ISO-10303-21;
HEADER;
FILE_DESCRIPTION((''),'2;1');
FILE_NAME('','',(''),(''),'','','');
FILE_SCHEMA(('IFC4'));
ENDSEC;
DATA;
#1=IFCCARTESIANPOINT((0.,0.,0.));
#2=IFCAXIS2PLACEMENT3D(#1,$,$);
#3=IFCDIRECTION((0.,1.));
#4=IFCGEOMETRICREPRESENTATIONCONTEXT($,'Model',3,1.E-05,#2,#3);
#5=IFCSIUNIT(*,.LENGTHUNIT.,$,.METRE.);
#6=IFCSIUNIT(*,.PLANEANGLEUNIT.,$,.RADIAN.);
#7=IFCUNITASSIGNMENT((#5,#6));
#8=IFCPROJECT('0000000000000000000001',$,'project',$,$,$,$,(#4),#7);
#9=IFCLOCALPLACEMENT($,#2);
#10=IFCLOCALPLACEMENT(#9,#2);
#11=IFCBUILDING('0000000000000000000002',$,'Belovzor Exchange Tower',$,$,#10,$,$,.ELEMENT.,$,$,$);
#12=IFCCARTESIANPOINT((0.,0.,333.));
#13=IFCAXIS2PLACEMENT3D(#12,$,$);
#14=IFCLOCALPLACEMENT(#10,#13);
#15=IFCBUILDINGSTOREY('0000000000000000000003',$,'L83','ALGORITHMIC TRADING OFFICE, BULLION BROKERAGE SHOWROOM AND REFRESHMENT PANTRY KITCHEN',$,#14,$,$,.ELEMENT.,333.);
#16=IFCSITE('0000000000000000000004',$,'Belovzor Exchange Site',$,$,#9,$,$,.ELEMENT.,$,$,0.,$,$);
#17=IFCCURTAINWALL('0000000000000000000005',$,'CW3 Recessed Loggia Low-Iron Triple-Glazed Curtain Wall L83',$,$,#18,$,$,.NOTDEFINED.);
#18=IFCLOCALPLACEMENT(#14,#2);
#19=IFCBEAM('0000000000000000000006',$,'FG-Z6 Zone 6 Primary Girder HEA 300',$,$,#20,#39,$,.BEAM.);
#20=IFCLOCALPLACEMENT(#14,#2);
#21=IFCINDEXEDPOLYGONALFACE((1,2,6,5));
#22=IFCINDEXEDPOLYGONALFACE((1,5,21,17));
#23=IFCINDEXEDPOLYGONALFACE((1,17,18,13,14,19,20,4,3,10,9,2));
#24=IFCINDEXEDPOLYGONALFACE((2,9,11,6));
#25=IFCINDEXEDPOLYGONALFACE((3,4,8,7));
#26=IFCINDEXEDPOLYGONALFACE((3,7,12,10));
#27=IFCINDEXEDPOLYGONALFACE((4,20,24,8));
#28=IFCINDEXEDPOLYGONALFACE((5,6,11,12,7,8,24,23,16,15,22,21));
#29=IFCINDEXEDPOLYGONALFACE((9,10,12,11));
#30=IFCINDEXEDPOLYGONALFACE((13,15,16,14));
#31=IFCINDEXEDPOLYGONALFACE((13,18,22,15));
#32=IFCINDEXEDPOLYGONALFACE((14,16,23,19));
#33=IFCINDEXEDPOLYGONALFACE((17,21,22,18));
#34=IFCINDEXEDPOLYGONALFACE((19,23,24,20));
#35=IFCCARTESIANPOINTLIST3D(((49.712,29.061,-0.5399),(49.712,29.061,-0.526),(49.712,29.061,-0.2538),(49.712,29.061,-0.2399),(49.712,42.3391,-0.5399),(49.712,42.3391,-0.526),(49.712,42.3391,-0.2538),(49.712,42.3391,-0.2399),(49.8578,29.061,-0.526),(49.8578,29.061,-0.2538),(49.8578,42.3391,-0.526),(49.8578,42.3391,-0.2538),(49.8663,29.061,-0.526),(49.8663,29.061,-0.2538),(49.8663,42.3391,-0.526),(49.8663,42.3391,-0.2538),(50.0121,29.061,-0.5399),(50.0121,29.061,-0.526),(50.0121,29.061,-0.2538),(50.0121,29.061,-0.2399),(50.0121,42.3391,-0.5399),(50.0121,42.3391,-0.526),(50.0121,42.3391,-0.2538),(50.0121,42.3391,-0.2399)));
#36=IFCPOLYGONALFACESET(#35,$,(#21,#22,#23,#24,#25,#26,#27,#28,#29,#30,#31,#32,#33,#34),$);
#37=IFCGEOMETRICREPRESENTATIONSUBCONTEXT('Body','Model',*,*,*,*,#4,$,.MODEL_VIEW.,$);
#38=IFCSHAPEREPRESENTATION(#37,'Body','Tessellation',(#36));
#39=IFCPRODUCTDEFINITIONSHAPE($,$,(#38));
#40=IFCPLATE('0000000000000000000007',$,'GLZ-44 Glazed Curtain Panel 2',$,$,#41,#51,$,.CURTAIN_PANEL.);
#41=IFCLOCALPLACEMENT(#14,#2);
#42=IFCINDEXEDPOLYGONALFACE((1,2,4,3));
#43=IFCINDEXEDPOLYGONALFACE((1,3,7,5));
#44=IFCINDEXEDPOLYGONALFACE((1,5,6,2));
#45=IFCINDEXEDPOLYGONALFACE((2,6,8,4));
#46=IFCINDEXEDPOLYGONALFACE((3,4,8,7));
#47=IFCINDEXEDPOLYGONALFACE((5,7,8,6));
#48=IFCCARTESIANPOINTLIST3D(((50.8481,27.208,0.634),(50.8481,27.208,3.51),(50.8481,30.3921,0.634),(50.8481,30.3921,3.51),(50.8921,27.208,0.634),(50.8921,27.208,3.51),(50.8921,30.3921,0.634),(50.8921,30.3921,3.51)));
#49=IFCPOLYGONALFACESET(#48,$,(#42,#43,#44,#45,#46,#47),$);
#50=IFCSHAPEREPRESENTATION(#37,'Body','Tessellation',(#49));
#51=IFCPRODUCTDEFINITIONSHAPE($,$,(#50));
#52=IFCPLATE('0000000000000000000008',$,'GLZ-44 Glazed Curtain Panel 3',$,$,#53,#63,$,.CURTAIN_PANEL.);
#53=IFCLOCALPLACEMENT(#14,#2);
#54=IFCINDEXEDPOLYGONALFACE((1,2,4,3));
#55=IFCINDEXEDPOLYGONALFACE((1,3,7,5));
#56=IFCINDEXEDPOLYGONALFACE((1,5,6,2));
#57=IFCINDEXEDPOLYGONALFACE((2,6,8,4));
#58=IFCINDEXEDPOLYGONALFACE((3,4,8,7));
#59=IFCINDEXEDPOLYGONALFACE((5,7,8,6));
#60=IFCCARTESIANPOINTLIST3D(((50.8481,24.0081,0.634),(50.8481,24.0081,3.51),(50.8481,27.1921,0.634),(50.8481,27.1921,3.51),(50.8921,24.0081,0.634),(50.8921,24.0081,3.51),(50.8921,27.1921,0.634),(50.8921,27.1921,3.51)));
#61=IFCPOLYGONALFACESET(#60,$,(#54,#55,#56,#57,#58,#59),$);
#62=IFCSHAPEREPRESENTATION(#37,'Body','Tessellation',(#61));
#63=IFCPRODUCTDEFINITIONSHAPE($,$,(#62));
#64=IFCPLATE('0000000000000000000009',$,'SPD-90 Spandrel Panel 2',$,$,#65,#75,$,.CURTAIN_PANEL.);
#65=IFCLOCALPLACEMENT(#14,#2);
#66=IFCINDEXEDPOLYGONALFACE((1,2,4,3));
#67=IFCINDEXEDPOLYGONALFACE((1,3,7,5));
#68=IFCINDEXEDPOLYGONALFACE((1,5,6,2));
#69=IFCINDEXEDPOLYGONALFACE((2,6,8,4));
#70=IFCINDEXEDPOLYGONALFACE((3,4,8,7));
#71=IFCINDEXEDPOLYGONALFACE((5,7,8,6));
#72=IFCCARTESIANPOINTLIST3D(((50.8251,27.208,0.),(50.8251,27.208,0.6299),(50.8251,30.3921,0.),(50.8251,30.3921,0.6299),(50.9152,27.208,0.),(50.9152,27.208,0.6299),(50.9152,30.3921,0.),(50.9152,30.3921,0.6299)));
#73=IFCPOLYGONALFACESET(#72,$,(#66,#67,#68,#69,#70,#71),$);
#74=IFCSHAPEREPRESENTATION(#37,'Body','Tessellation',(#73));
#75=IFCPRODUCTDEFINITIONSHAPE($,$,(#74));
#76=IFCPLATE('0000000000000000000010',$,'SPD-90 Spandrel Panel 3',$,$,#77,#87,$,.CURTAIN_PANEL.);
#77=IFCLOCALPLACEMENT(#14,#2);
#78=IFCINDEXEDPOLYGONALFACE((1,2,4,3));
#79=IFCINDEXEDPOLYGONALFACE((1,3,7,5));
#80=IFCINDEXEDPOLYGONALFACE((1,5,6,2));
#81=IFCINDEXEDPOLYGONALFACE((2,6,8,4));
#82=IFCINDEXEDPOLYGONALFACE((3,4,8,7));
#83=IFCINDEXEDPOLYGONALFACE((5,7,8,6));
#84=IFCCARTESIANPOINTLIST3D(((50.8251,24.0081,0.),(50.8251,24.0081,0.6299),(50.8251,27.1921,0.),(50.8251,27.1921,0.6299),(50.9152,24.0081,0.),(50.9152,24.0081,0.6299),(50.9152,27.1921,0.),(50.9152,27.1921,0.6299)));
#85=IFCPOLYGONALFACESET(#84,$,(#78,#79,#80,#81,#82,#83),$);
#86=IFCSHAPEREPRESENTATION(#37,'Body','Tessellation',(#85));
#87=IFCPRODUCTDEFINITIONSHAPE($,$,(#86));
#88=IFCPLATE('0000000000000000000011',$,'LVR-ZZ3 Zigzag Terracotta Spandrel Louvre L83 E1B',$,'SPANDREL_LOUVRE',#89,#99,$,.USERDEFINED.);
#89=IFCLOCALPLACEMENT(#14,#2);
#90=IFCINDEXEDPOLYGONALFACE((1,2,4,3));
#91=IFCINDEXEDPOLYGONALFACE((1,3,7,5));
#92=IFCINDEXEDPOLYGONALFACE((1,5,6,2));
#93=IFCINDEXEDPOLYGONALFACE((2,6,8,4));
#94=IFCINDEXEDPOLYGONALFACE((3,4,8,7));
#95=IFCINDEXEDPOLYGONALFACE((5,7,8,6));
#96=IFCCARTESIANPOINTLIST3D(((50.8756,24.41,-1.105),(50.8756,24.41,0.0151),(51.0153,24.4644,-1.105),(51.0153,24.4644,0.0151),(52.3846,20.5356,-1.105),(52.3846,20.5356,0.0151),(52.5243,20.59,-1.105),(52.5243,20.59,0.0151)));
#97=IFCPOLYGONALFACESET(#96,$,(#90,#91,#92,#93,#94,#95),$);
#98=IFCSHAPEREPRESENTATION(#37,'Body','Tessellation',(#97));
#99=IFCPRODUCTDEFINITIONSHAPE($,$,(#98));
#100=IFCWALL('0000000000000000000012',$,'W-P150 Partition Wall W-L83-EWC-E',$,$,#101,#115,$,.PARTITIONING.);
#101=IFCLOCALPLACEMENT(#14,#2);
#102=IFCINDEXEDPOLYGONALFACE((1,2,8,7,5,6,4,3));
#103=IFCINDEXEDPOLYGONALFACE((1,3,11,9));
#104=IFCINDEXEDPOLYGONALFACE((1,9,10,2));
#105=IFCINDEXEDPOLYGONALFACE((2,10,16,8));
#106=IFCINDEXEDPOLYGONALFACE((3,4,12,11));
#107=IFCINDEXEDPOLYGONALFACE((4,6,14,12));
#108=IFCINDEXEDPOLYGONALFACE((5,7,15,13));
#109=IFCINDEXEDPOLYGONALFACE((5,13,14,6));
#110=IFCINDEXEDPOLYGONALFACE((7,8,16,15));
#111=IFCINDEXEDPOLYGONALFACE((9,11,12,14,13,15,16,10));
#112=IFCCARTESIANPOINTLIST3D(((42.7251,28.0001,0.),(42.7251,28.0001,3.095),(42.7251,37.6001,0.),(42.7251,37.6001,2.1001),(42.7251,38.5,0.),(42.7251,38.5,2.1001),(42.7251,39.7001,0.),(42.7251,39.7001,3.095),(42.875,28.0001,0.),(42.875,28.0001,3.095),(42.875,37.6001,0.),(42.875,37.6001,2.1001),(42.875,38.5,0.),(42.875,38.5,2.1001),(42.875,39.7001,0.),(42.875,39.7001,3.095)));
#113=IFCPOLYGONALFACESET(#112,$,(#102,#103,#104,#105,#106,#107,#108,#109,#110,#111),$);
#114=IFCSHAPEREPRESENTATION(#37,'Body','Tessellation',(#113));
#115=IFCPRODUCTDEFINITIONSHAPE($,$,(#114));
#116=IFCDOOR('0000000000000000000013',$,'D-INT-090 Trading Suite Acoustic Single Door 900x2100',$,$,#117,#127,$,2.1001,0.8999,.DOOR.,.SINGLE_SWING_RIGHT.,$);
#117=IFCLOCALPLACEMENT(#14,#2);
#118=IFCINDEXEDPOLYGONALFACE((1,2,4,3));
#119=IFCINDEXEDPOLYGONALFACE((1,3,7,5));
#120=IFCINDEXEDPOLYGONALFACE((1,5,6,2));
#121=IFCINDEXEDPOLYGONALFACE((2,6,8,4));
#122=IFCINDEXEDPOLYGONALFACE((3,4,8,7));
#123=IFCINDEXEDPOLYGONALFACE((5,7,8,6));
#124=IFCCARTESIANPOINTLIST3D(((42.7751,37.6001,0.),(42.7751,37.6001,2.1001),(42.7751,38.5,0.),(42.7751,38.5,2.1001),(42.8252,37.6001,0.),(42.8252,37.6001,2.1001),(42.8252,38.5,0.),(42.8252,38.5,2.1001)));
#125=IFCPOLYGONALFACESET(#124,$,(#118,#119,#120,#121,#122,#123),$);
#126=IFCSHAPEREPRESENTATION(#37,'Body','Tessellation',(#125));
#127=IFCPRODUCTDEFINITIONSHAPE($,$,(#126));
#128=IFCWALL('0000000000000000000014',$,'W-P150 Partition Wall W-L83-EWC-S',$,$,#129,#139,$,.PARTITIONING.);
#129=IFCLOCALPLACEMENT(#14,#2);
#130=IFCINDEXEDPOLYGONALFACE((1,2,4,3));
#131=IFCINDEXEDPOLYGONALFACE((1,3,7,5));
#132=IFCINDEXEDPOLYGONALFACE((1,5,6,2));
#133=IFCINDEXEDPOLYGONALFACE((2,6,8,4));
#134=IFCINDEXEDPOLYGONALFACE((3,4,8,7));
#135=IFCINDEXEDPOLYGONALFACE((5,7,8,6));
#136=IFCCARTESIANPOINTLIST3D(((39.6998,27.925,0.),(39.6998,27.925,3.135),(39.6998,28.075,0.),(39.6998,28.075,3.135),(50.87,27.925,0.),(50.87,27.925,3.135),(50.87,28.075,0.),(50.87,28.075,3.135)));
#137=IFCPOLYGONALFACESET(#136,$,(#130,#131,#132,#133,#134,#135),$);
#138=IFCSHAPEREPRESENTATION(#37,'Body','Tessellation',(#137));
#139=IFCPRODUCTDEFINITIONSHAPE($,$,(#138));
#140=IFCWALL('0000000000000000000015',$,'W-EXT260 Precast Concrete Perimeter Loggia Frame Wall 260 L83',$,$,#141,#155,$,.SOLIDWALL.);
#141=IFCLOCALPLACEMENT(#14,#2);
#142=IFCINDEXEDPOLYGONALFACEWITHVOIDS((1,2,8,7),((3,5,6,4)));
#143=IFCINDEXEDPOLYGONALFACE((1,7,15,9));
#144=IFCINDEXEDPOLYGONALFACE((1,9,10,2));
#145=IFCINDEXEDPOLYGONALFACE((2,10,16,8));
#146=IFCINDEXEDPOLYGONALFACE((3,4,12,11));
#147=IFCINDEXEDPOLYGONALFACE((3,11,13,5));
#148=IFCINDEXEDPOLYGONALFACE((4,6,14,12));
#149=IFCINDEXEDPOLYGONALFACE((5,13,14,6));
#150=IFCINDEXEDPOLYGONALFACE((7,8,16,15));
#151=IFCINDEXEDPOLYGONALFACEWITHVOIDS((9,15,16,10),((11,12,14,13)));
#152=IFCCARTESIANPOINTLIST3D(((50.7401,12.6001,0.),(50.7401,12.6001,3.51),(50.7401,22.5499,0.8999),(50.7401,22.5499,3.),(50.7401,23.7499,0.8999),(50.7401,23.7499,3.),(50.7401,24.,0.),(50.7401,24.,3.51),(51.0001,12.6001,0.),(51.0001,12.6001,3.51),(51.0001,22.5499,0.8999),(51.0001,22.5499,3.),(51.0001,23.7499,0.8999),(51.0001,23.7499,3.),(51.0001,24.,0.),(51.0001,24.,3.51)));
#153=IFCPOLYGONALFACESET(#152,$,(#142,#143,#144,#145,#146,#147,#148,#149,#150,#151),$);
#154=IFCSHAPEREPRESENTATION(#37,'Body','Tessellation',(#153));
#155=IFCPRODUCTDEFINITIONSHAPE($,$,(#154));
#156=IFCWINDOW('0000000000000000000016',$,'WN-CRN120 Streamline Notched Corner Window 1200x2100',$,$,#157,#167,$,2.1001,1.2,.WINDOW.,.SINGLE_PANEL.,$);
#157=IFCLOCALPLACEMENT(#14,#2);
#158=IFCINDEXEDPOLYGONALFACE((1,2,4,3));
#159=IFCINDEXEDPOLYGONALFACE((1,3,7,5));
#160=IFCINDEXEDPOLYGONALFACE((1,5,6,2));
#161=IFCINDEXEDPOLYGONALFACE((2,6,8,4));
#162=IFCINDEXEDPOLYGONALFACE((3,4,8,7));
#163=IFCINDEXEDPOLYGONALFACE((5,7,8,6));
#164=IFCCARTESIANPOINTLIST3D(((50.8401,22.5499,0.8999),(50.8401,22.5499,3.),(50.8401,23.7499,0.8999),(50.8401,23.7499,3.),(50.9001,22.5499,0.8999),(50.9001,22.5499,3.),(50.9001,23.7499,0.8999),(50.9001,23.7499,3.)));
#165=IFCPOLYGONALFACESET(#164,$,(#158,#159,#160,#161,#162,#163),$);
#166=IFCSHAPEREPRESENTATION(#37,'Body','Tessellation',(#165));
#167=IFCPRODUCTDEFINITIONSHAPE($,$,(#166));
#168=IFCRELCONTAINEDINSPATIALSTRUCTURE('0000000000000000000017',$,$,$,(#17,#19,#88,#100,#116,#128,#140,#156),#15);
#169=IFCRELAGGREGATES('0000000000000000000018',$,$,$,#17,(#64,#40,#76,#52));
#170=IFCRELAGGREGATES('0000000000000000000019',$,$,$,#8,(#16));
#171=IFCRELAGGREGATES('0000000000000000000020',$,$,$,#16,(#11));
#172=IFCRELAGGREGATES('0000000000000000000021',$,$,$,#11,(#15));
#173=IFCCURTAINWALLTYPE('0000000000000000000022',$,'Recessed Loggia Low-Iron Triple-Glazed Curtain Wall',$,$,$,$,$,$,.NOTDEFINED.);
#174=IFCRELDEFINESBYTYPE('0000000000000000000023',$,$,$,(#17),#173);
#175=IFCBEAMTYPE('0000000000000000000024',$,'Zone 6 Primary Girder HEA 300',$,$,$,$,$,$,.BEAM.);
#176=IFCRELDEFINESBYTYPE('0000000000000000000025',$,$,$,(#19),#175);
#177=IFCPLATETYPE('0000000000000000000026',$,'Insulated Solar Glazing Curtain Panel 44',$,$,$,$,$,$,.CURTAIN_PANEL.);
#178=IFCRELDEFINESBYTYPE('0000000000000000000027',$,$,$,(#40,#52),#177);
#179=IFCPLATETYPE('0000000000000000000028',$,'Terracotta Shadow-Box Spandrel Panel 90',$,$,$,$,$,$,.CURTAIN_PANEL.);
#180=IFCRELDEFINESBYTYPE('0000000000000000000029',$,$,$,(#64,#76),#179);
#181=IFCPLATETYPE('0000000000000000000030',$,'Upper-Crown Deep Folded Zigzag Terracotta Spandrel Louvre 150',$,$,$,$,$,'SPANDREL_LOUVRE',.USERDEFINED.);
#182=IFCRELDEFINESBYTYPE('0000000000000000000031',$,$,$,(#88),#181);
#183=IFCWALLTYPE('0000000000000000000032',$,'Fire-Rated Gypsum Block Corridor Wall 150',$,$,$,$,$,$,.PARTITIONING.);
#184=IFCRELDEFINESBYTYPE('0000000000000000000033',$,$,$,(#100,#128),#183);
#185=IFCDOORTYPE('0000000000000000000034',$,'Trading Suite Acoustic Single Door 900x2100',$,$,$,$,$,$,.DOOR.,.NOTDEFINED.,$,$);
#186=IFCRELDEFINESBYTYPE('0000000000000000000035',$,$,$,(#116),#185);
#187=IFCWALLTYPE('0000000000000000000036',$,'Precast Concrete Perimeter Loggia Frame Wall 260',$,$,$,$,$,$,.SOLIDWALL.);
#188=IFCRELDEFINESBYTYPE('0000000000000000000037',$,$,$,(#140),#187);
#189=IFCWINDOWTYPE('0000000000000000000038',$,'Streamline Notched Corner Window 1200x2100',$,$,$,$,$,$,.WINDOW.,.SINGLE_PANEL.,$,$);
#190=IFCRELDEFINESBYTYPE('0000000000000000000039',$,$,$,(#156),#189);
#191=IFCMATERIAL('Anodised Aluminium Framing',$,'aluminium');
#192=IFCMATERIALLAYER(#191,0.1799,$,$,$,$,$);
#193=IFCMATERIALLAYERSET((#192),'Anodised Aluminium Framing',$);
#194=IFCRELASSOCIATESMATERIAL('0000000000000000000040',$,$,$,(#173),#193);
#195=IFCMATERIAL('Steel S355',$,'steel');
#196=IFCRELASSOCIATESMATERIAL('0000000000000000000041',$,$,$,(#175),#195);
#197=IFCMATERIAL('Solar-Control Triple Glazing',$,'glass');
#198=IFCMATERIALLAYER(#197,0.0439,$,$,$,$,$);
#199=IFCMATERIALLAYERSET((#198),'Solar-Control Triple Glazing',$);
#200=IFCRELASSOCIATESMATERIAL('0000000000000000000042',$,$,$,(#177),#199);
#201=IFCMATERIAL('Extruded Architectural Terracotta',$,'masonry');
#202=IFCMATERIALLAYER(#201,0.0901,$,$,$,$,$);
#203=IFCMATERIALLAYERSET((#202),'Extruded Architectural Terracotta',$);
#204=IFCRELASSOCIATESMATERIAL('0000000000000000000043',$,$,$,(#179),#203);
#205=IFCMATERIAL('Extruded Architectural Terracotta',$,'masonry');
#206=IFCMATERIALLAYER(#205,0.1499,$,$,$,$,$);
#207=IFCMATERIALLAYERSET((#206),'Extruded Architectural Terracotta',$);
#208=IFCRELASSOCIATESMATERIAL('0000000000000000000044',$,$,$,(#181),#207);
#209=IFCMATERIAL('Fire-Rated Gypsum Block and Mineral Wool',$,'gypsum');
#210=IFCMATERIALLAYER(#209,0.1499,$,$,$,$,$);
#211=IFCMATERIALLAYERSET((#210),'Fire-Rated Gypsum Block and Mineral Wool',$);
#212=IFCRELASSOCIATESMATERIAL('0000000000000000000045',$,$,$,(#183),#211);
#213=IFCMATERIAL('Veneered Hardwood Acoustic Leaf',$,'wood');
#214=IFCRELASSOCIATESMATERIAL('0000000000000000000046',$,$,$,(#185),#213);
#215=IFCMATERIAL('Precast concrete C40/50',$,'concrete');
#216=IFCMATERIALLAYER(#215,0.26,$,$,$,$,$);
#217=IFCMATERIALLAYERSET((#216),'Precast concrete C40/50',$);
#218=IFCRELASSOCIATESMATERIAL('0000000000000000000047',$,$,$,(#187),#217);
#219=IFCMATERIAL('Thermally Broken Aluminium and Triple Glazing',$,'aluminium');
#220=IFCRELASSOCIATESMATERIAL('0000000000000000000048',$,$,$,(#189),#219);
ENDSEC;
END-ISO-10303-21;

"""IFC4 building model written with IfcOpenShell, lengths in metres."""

from ifc_helpers import new_model, si_unit, direction, frame, frame_2d, origin, origin_2d, place, context, subcontext, project, spatial, rectangle, i_section, extrude, material, layer, layer_set, material_profile, profile_set, type_object, element, fill, aggregate, save


model = new_model("IFC4")

# Units and contexts
model_context = context("Model", 3, precision=1e-05, world=origin(), true_north=direction((0.0, 1.0)))
body_context = subcontext(model_context, "Body", "Model", "MODEL_VIEW")
ifc_project = project(units=[si_unit("LENGTHUNIT", "METRE"), si_unit("PLANEANGLEUNIT", "RADIAN")], contexts=[model_context])

# Site, building, storey
site_placement = place(None, origin())
site = spatial("IfcSite", under=ifc_project, at=site_placement, Name="Belovzor Exchange Site", CompositionType="ELEMENT", RefElevation=0.0)
building_placement = place(site_placement, origin())
building = spatial("IfcBuilding", under=site, at=building_placement, Name="Belovzor Exchange Tower", CompositionType="ELEMENT")
storey_placement = place(building_placement, frame((0.0, 0.0, 333.0)))
storey = spatial("IfcBuildingStorey", under=building, at=storey_placement, Name="L83", Description="ALGORITHMIC TRADING OFFICE, BULLION BROKERAGE SHOWROOM AND REFRESHMENT PANTRY KITCHEN", CompositionType="ELEMENT", Elevation=333.0)

# Curtain wall
ifc_material_1 = material(Name="Anodised Aluminium Framing", Category="aluminium")
ifc_layer_1 = layer(ifc_material_1, 0.1799)
ifc_layer_set_1 = layer_set([ifc_layer_1], Name="Anodised Aluminium Framing")
curtain_wall_type = type_object("IfcCurtainWallType", Name="Recessed Loggia Low-Iron Triple-Glazed Curtain Wall", PredefinedType="NOTDEFINED", material=ifc_layer_set_1)
curtain_wall_placement = place(storey_placement, origin())
curtain_wall = element("IfcCurtainWall", 1, at=curtain_wall_placement, inside=storey, type_object=curtain_wall_type, Name="CW3 Recessed Loggia Low-Iron Triple-Glazed Curtain Wall L83", PredefinedType="NOTDEFINED")

# Beam
ifc_material_2 = material(Name="Steel S355", Category="steel")
ifc_material_profile_1 = material_profile(ifc_material_2, i_section(OverallWidth=0.3, OverallDepth=0.3, WebThickness=0.0085, FlangeThickness=0.0139, at=origin_2d()))
ifc_profile_set_1 = profile_set([ifc_material_profile_1], Name="Steel S355")
beam_type_1 = type_object("IfcBeamType", Name="Zone 6 Primary Girder HEA 300", PredefinedType="BEAM", material=ifc_profile_set_1)
beam_1_placement = place(storey_placement, frame((49.8621, 29.061, -0.3899), z_axis=(0.0, 1.0, 0.0), x_axis=(-1.0, 0.0, 0.0)))
element("IfcBeam", 2, at=beam_1_placement, inside=storey, type_object=beam_type_1, Name="FG-Z6 Zone 6 Primary Girder HEA 300", PredefinedType="BEAM", context=body_context, shape_type="SweptSolid", body=[
    extrude(i_section(OverallWidth=0.3, OverallDepth=0.3, WebThickness=0.0085, FlangeThickness=0.0139, at=origin_2d()), origin(), (0.0, 0.0, 1.0), 13.2781),
])

# Plates
ifc_material_3 = material(Name="Solar-Control Triple Glazing", Category="glass")
ifc_layer_2 = layer(ifc_material_3, 0.0439)
ifc_layer_set_2 = layer_set([ifc_layer_2], Name="Solar-Control Triple Glazing")
plate_type_1 = type_object("IfcPlateType", Name="Insulated Solar Glazing Curtain Panel 44", PredefinedType="CURTAIN_PANEL", material=ifc_layer_set_2)
plate_1_placement = place(storey_placement, frame((50.8701, 28.8, 0.634), z_axis=(0.0, 0.0, 1.0), x_axis=(0.0, -1.0, 0.0)))
plate_1 = element("IfcPlate", 3, at=plate_1_placement, type_object=plate_type_1, Name="GLZ-44 Glazed Curtain Panel 2", PredefinedType="CURTAIN_PANEL", context=body_context, shape_type="SweptSolid", body=[
    extrude(rectangle(XDim=3.1841, YDim=0.0439, at=origin_2d()), origin(), (0.0, 0.0, 1.0), 2.876),
])
plate_2_placement = place(storey_placement, frame((50.8701, 25.6001, 0.634), z_axis=(0.0, 0.0, 1.0), x_axis=(0.0, -1.0, 0.0)))
plate_2 = element("IfcPlate", 4, at=plate_2_placement, type_object=plate_type_1, Name="GLZ-44 Glazed Curtain Panel 3", PredefinedType="CURTAIN_PANEL", context=body_context, shape_type="SweptSolid", body=[
    extrude(rectangle(XDim=3.1841, YDim=0.0439, at=origin_2d()), origin(), (0.0, 0.0, 1.0), 2.876),
])
ifc_material_4 = material(Name="Extruded Architectural Terracotta", Category="masonry")
ifc_layer_3 = layer(ifc_material_4, 0.0901)
ifc_layer_set_3 = layer_set([ifc_layer_3], Name="Extruded Architectural Terracotta")
plate_type_2 = type_object("IfcPlateType", Name="Terracotta Shadow-Box Spandrel Panel 90", PredefinedType="CURTAIN_PANEL", material=ifc_layer_set_3)
plate_3_placement = place(storey_placement, frame((50.8701, 28.8, 0.0), z_axis=(0.0, 0.0, 1.0), x_axis=(0.0, -1.0, 0.0)))
plate_3 = element("IfcPlate", 5, at=plate_3_placement, type_object=plate_type_2, Name="SPD-90 Spandrel Panel 2", PredefinedType="CURTAIN_PANEL", context=body_context, shape_type="SweptSolid", body=[
    extrude(rectangle(XDim=3.1841, YDim=0.0901, at=origin_2d()), origin(), (0.0, 0.0, 1.0), 0.6299),
])
plate_4_placement = place(storey_placement, frame((50.8701, 25.6001, 0.0), z_axis=(0.0, 0.0, 1.0), x_axis=(0.0, -1.0, 0.0)))
plate_4 = element("IfcPlate", 6, at=plate_4_placement, type_object=plate_type_2, Name="SPD-90 Spandrel Panel 3", PredefinedType="CURTAIN_PANEL", context=body_context, shape_type="SweptSolid", body=[
    extrude(rectangle(XDim=3.1841, YDim=0.0901, at=origin_2d()), origin(), (0.0, 0.0, 1.0), 0.6299),
])
aggregate(curtain_wall, [plate_3, plate_1, plate_4, plate_2])
ifc_material_5 = material(Name="Extruded Architectural Terracotta", Category="masonry")
ifc_layer_4 = layer(ifc_material_5, 0.1499)
ifc_layer_set_4 = layer_set([ifc_layer_4], Name="Extruded Architectural Terracotta")
plate_type_3 = type_object("IfcPlateType", Name="Upper-Crown Deep Folded Zigzag Terracotta Spandrel Louvre 150", ElementType="SPANDREL_LOUVRE", PredefinedType="USERDEFINED", material=ifc_layer_set_4)
plate_5_placement = place(storey_placement, frame((51.7, 22.5, -1.105), z_axis=(0.0, 0.0, 1.0), x_axis=(-0.362926, 0.931818, 0.0)))
element("IfcPlate", 7, at=plate_5_placement, inside=storey, type_object=plate_type_3, Name="LVR-ZZ3 Zigzag Terracotta Spandrel Louvre L83 E1B", ObjectType="SPANDREL_LOUVRE", PredefinedType="USERDEFINED", context=body_context, shape_type="SweptSolid", body=[
    extrude(rectangle(XDim=4.158, YDim=0.1499, at=origin_2d()), origin(), (0.0, 0.0, 1.0), 1.1201),
])

# Wall, opening, door
ifc_material_6 = material(Name="Fire-Rated Gypsum Block and Mineral Wool", Category="gypsum")
ifc_layer_5 = layer(ifc_material_6, 0.1499)
ifc_layer_set_5 = layer_set([ifc_layer_5], Name="Fire-Rated Gypsum Block and Mineral Wool")
wall_type_1 = type_object("IfcWallType", Name="Fire-Rated Gypsum Block Corridor Wall 150", PredefinedType="PARTITIONING", material=ifc_layer_set_5)
wall_1_placement = place(storey_placement, frame((42.8, 28.0, 0.0), z_axis=(0.0, 0.0, 1.0), x_axis=(0.0, 1.0, 0.0)))
wall_1 = element("IfcWall", 8, at=wall_1_placement, inside=storey, type_object=wall_type_1, Name="W-P150 Partition Wall W-L83-EWC-E", PredefinedType="PARTITIONING", context=body_context, shape_type="SweptSolid", body=[
    extrude(rectangle(XDim=11.7, YDim=0.1499, at=frame_2d((5.8501, 0.0))), origin(), (0.0, 0.0, 1.0), 3.095),
])
opening_1_placement = place(wall_1_placement, frame((9.6001, 0.0, 0.0)))
opening_1 = element("IfcOpeningElement", 9, at=opening_1_placement, cuts=wall_1, PredefinedType="OPENING", context=body_context, shape_type="SweptSolid", body=[
    extrude(rectangle(XDim=0.8999, YDim=2.1001, at=frame_2d((0.45, 1.05))), frame((0.0, 0.085, 0.0), z_axis=(0.0, -1.0, 0.0), x_axis=(1.0, 0.0, 0.0)), (0.0, 0.0, 1.0), 0.1699),
])
ifc_material_7 = material(Name="Veneered Hardwood Acoustic Leaf", Category="wood")
door_type = type_object("IfcDoorType", Name="Trading Suite Acoustic Single Door 900x2100", OperationType="NOTDEFINED", PredefinedType="DOOR", material=ifc_material_7)
door_placement = place(opening_1_placement, origin())
door = element("IfcDoor", 10, at=door_placement, inside=storey, type_object=door_type, Name="D-INT-090 Trading Suite Acoustic Single Door 900x2100", OperationType="SINGLE_SWING_RIGHT", OverallHeight=2.1001, OverallWidth=0.8999, PredefinedType="DOOR", context=body_context, shape_type="SweptSolid", body=[
    extrude(rectangle(XDim=0.8999, YDim=2.1001, at=frame_2d((0.45, 1.05))), frame((0.0, 0.0249, 0.0), z_axis=(0.0, -1.0, 0.0), x_axis=(1.0, 0.0, 0.0)), (0.0, 0.0, 1.0), 0.05),
])
fill(opening_1, door)

# Wall
wall_2_placement = place(storey_placement, frame((39.7, 28.0, 0.0), z_axis=(0.0, 0.0, 1.0), x_axis=(1.0, 0.0, 0.0)))
element("IfcWall", 11, at=wall_2_placement, inside=storey, type_object=wall_type_1, Name="W-P150 Partition Wall W-L83-EWC-S", PredefinedType="PARTITIONING", context=body_context, shape_type="SweptSolid", body=[
    extrude(rectangle(XDim=11.1702, YDim=0.1499, at=frame_2d((5.585, 0.0))), origin(), (0.0, 0.0, 1.0), 3.135),
])

# Wall, opening, window
ifc_material_8 = material(Name="Precast concrete C40/50", Category="concrete")
ifc_layer_6 = layer(ifc_material_8, 0.26)
ifc_layer_set_6 = layer_set([ifc_layer_6], Name="Precast concrete C40/50")
wall_type_2 = type_object("IfcWallType", Name="Precast Concrete Perimeter Loggia Frame Wall 260", PredefinedType="SOLIDWALL", material=ifc_layer_set_6)
wall_3_placement = place(storey_placement, frame((50.8701, 24.0, 0.0), z_axis=(0.0, 0.0, 1.0), x_axis=(0.0, -1.0, 0.0)))
wall_3 = element("IfcWall", 12, at=wall_3_placement, inside=storey, type_object=wall_type_2, Name="W-EXT260 Precast Concrete Perimeter Loggia Frame Wall 260 L83", PredefinedType="SOLIDWALL", context=body_context, shape_type="SweptSolid", body=[
    extrude(rectangle(XDim=11.3999, YDim=0.26, at=frame_2d((5.7, 0.0))), origin(), (0.0, 0.0, 1.0), 3.51),
])
opening_2_placement = place(wall_3_placement, frame((0.25, 0.0, 0.8999)))
opening_2 = element("IfcOpeningElement", 13, at=opening_2_placement, cuts=wall_3, PredefinedType="OPENING", context=body_context, shape_type="SweptSolid", body=[
    extrude(rectangle(XDim=1.2, YDim=2.1001, at=frame_2d((0.6001, 1.05))), frame((0.0, 0.1399, 0.0), z_axis=(0.0, -1.0, 0.0), x_axis=(1.0, 0.0, 0.0)), (0.0, 0.0, 1.0), 0.28),
])
ifc_material_9 = material(Name="Thermally Broken Aluminium and Triple Glazing", Category="aluminium")
window_type = type_object("IfcWindowType", Name="Streamline Notched Corner Window 1200x2100", PartitioningType="SINGLE_PANEL", PredefinedType="WINDOW", material=ifc_material_9)
window_placement = place(opening_2_placement, origin())
window = element("IfcWindow", 14, at=window_placement, inside=storey, type_object=window_type, Name="WN-CRN120 Streamline Notched Corner Window 1200x2100", OverallHeight=2.1001, OverallWidth=1.2, PartitioningType="SINGLE_PANEL", PredefinedType="WINDOW", context=body_context, shape_type="SweptSolid", body=[
    extrude(rectangle(XDim=1.2, YDim=2.1001, at=frame_2d((0.6001, 1.05))), frame((0.0, 0.03, 0.0), z_axis=(0.0, -1.0, 0.0), x_axis=(1.0, 0.0, 0.0)), (0.0, 0.0, 1.0), 0.0601),
])
fill(opening_2, window)

save(model, "model.ifc")
